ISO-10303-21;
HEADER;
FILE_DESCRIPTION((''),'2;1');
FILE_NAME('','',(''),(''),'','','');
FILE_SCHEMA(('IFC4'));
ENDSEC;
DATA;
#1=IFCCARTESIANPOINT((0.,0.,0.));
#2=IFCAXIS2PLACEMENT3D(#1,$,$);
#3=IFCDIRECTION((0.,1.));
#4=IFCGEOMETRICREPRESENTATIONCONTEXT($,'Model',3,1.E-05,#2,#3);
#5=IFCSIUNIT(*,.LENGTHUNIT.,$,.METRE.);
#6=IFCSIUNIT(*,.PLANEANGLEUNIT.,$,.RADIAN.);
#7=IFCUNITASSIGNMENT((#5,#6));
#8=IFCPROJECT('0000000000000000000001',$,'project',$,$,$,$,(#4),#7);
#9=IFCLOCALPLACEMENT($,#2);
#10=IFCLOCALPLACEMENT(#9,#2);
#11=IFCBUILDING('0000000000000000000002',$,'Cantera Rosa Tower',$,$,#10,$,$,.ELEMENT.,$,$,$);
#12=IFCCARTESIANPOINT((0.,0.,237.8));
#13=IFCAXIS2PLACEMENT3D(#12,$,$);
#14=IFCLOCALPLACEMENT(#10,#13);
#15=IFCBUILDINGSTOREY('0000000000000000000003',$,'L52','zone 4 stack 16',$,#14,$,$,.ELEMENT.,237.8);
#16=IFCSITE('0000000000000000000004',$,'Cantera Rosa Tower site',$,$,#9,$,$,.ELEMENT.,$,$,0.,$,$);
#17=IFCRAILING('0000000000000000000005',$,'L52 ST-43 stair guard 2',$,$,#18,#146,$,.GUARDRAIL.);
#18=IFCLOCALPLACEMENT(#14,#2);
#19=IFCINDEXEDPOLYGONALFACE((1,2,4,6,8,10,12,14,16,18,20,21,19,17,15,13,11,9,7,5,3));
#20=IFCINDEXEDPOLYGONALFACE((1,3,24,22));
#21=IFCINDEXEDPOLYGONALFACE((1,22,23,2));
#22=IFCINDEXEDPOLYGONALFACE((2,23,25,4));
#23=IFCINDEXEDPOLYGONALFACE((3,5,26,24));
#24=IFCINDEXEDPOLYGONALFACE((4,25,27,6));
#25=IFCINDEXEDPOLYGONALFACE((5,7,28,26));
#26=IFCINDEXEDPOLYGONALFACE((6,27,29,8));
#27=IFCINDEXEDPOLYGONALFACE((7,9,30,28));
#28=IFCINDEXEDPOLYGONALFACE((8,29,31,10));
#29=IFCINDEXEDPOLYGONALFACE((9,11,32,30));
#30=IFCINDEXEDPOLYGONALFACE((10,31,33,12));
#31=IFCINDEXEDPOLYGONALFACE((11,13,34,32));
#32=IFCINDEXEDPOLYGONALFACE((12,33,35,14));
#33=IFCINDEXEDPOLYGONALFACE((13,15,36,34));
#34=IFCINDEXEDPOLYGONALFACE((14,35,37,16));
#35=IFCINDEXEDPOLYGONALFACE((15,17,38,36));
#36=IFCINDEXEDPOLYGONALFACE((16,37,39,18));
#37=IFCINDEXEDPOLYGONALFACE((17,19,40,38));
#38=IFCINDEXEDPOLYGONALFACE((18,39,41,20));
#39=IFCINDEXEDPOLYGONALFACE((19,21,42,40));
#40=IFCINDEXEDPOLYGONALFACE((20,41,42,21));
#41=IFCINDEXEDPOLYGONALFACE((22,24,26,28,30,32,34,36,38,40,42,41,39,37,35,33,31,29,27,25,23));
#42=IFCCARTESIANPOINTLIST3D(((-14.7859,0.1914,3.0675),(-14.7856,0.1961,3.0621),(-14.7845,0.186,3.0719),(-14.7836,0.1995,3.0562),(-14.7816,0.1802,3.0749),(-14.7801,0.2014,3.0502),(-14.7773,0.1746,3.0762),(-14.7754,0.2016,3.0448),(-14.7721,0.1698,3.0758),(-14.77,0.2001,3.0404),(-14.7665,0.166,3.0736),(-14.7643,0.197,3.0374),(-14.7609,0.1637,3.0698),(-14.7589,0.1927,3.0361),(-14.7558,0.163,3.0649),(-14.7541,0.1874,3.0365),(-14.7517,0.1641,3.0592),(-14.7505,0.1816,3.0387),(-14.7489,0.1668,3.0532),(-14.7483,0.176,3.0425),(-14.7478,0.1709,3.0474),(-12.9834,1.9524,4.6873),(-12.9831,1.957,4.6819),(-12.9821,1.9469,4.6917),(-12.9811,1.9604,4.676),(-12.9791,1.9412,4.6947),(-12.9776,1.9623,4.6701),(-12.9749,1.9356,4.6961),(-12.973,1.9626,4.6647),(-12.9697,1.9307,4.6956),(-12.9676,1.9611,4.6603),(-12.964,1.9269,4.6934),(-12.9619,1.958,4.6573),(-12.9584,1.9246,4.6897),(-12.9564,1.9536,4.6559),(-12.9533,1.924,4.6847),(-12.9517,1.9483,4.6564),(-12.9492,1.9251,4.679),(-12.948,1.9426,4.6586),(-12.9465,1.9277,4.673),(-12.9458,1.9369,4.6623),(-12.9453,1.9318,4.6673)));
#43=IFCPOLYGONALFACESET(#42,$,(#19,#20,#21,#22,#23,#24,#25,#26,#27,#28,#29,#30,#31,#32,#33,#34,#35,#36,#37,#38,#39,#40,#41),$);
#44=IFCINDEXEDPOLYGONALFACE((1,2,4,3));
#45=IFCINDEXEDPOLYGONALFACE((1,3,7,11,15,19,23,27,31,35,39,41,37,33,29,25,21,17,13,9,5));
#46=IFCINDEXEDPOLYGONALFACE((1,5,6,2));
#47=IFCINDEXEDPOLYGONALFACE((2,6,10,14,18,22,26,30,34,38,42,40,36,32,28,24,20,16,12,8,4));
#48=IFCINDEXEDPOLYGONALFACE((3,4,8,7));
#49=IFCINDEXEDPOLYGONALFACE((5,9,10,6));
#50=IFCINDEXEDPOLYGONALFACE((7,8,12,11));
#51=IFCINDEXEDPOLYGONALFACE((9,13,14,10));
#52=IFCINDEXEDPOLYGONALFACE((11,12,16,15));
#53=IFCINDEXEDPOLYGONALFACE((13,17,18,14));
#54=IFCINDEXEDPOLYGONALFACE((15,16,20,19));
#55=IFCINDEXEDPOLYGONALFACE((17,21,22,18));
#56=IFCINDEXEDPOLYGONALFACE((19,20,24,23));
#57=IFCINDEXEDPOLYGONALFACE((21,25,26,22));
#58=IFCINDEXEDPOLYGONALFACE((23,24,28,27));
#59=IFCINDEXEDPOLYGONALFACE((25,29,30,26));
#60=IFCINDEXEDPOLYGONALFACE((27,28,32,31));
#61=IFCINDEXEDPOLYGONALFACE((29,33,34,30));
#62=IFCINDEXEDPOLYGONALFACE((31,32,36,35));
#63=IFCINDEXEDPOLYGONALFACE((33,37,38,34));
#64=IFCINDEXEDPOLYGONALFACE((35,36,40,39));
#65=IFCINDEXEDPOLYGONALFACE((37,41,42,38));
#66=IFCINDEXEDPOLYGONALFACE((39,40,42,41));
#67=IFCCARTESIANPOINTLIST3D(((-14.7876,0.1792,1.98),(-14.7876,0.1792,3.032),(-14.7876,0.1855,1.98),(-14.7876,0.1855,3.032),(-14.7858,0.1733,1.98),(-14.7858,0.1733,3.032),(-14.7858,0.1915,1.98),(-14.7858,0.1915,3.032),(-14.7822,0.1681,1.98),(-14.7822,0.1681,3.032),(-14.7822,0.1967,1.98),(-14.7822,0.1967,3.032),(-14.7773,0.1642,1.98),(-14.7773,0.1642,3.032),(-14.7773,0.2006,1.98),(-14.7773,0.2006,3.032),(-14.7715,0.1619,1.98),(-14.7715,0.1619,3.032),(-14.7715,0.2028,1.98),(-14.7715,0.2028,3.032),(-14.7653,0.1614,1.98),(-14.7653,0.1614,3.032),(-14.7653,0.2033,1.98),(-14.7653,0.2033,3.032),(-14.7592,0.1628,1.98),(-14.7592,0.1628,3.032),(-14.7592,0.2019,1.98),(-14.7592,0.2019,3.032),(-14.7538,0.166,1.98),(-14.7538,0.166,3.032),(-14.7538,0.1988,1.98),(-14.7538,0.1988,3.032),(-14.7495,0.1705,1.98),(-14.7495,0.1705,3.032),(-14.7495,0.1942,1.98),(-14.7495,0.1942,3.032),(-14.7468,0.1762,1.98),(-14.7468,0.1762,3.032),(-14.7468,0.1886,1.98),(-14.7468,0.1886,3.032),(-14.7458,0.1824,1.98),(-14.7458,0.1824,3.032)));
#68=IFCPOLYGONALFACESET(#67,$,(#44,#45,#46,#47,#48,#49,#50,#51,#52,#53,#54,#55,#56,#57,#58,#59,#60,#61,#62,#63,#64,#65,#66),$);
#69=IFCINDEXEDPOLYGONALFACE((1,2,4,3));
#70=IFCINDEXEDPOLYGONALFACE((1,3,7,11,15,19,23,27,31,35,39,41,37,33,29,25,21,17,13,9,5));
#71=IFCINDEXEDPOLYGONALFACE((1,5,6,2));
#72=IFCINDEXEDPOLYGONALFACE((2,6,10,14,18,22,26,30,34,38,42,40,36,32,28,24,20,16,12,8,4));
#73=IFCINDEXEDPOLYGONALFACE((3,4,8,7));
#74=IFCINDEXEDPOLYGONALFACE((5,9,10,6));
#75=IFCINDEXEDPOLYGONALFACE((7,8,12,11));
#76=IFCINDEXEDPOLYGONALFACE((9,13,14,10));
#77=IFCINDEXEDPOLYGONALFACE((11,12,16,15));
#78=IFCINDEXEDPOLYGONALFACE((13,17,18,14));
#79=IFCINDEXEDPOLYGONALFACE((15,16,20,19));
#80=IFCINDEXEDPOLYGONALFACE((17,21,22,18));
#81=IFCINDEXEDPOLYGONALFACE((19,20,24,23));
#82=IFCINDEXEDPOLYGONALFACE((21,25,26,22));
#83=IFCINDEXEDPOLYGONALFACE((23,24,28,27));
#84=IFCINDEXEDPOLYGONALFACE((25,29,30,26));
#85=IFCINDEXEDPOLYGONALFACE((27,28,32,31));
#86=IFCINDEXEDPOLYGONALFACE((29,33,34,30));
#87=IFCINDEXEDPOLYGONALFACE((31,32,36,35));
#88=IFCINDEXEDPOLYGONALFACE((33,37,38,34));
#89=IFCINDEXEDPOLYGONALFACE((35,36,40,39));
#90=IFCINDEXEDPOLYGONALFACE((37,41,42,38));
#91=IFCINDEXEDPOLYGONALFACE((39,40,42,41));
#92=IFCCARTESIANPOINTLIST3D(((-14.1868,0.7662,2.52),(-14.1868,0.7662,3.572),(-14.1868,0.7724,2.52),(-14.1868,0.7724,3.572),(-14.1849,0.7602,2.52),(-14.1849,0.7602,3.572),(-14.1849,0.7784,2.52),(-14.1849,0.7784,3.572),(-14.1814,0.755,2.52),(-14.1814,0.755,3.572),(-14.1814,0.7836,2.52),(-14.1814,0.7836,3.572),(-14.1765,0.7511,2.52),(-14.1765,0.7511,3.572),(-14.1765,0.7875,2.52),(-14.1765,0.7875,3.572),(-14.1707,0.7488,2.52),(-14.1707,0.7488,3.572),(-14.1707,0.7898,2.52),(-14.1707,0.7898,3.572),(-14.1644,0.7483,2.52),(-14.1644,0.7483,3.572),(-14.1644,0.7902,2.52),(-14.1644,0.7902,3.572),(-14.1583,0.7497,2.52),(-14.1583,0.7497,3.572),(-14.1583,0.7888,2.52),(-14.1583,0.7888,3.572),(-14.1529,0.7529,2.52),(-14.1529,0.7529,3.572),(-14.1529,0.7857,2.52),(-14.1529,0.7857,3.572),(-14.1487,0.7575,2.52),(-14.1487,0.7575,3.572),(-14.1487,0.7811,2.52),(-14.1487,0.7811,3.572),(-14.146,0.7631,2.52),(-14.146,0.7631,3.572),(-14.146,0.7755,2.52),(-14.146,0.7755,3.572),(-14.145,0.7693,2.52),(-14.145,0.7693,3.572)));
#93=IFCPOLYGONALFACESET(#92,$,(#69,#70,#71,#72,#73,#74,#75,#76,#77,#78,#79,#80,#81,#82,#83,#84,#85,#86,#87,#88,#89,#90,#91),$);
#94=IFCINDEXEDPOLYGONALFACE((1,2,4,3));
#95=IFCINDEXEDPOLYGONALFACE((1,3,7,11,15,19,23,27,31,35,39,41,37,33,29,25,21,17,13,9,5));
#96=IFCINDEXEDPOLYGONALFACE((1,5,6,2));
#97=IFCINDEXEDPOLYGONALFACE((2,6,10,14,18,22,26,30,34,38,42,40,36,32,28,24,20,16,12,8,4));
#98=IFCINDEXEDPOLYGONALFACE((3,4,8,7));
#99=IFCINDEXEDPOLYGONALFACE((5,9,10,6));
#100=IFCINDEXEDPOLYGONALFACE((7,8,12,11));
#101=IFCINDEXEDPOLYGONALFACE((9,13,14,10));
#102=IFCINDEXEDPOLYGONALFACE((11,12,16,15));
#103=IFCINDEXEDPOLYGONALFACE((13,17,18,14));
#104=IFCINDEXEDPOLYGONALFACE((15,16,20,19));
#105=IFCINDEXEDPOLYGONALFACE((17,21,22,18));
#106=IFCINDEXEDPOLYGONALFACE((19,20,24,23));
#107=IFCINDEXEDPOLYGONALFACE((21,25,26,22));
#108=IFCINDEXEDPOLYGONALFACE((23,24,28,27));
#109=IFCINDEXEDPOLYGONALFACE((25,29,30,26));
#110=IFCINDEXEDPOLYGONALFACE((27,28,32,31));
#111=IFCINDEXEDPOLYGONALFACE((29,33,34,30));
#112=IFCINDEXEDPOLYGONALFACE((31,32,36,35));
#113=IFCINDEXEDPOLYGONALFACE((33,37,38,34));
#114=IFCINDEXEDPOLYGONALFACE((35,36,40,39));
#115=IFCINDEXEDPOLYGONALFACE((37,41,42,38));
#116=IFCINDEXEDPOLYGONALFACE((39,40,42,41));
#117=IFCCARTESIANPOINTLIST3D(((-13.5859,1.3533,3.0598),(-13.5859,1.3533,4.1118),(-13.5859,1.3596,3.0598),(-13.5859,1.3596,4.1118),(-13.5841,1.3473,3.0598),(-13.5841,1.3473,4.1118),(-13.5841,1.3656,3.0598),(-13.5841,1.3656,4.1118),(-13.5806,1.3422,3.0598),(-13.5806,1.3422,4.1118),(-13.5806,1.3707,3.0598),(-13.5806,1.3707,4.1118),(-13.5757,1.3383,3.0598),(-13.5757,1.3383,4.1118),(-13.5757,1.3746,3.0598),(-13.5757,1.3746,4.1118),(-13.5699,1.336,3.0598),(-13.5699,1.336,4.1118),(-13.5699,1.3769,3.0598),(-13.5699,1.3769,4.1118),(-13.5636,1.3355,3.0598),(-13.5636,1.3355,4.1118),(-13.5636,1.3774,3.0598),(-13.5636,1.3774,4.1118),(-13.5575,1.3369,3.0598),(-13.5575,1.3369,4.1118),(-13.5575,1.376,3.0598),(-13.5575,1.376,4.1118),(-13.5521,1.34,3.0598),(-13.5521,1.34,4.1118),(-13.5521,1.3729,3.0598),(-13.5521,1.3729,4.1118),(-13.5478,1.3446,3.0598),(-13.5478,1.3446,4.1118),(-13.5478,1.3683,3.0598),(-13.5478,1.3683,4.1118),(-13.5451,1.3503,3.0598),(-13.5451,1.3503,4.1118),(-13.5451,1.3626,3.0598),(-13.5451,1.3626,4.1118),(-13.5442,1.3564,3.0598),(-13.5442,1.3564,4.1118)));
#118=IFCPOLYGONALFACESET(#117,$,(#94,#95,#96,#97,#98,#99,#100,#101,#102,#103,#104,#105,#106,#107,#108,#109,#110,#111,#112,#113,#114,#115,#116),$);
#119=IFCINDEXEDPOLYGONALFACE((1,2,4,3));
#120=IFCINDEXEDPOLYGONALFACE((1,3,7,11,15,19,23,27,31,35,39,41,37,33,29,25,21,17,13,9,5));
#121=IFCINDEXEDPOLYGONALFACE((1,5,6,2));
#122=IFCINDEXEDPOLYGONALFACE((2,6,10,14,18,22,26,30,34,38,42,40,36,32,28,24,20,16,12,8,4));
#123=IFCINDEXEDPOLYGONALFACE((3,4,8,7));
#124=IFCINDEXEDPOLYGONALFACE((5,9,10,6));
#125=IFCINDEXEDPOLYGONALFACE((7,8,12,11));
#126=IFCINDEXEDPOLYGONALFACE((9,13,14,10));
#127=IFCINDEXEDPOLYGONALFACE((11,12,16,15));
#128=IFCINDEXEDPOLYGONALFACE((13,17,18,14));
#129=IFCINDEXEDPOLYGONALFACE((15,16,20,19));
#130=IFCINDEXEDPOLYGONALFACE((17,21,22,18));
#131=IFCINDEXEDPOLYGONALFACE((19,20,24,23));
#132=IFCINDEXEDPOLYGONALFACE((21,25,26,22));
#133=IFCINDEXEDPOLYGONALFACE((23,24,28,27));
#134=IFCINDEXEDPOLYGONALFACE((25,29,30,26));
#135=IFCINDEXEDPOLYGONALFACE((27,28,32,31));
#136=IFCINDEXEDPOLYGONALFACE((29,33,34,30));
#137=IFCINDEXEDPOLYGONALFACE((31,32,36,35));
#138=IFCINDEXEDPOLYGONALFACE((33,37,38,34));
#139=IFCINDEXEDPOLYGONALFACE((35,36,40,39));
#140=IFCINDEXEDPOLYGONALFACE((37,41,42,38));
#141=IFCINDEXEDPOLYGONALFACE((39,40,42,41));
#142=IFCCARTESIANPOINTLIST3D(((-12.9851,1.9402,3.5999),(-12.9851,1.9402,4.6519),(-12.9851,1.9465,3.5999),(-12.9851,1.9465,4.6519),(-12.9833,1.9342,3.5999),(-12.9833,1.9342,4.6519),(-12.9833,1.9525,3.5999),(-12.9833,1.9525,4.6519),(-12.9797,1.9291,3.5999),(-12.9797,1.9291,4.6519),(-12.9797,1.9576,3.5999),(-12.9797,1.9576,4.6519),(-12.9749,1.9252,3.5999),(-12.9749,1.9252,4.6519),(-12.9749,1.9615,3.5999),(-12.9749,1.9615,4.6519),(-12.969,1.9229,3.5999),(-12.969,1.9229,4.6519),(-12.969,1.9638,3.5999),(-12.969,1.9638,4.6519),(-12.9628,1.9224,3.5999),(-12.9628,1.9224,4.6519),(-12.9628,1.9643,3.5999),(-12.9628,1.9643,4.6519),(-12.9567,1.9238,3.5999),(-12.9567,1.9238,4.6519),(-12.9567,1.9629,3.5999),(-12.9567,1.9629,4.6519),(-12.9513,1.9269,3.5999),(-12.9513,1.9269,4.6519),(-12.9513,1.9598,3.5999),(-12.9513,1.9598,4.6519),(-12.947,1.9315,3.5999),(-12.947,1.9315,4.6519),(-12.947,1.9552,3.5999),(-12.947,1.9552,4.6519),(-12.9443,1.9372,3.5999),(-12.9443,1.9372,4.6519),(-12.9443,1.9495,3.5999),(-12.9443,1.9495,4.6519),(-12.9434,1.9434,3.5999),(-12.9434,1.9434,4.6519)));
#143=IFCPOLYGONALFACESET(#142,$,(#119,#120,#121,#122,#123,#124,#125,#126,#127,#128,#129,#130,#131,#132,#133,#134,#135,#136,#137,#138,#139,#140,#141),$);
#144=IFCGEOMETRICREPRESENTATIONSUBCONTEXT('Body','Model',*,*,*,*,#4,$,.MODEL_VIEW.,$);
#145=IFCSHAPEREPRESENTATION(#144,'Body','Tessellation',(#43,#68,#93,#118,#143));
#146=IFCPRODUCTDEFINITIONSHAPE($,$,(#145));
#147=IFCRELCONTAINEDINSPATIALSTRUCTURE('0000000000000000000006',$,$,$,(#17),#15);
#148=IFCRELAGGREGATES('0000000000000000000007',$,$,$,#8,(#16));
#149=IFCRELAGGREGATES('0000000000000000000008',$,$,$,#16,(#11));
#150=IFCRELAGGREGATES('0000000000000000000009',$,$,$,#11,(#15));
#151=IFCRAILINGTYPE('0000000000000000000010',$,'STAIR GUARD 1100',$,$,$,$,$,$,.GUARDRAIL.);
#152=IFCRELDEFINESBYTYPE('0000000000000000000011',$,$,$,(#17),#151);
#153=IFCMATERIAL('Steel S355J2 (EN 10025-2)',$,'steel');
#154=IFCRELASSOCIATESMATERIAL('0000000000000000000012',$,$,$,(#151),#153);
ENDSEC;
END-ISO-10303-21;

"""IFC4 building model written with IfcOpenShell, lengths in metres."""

from ifc_helpers import new_model, si_unit, direction, frame, origin, origin_2d, place, context, subcontext, project, spatial, circle, extrude, material, type_object, element, save


model = new_model("IFC4")

# Units and contexts
model_context = context("Model", 3, precision=1e-05, world=origin(), true_north=direction((0.0, 1.0)))
body_context = subcontext(model_context, "Body", "Model", "MODEL_VIEW")
ifc_project = project(units=[si_unit("LENGTHUNIT", "METRE"), si_unit("PLANEANGLEUNIT", "RADIAN")], contexts=[model_context])

# Site, building, storey
site_placement = place(None, origin())
site = spatial("IfcSite", under=ifc_project, at=site_placement, Name="Cantera Rosa Tower site", CompositionType="ELEMENT", RefElevation=0.0)
building_placement = place(site_placement, origin())
building = spatial("IfcBuilding", under=site, at=building_placement, Name="Cantera Rosa Tower", CompositionType="ELEMENT")
storey_placement = place(building_placement, frame((0.0, 0.0, 237.8)))
storey = spatial("IfcBuildingStorey", under=building, at=storey_placement, Name="L52", Description="zone 4 stack 16", CompositionType="ELEMENT", Elevation=237.8)

# Railing
ifc_material_1 = material(Name="Steel S355J2 (EN 10025-2)", Category="steel")
railing_type_1 = type_object("IfcRailingType", Name="STAIR GUARD 1100", PredefinedType="GUARDRAIL", material=ifc_material_1)
railing_1_placement = place(storey_placement, frame((-14.7668, 0.1824, 1.98)))
element("IfcRailing", 1, at=railing_1_placement, inside=storey, type_object=railing_type_1, Name="L52 ST-43 stair guard 2", PredefinedType="GUARDRAIL", context=body_context, shape_type="SweptSolid", body=[
    extrude(circle(Radius=0.0239, at=origin_2d()), frame((0.0, 0.0, 1.0762), z_axis=(0.601699, 0.587844, 0.540738), x_axis=(-0.698824, 0.715294, 0.0)), (0.0, 0.0, 1.0), 2.9956),
    extrude(circle(Radius=0.021, at=origin_2d()), origin(), (0.0, 0.0, 1.0), 1.052),
    extrude(circle(Radius=0.021, at=origin_2d()), frame((0.6008, 0.5869, 0.54)), (0.0, 0.0, 1.0), 1.052),
    extrude(circle(Radius=0.021, at=origin_2d()), frame((1.2017, 1.1741, 1.0798)), (0.0, 0.0, 1.0), 1.052),
    extrude(circle(Radius=0.021, at=origin_2d()), frame((1.8025, 1.761, 1.6199)), (0.0, 0.0, 1.0), 1.052),
])

save(model, "model.ifc")
